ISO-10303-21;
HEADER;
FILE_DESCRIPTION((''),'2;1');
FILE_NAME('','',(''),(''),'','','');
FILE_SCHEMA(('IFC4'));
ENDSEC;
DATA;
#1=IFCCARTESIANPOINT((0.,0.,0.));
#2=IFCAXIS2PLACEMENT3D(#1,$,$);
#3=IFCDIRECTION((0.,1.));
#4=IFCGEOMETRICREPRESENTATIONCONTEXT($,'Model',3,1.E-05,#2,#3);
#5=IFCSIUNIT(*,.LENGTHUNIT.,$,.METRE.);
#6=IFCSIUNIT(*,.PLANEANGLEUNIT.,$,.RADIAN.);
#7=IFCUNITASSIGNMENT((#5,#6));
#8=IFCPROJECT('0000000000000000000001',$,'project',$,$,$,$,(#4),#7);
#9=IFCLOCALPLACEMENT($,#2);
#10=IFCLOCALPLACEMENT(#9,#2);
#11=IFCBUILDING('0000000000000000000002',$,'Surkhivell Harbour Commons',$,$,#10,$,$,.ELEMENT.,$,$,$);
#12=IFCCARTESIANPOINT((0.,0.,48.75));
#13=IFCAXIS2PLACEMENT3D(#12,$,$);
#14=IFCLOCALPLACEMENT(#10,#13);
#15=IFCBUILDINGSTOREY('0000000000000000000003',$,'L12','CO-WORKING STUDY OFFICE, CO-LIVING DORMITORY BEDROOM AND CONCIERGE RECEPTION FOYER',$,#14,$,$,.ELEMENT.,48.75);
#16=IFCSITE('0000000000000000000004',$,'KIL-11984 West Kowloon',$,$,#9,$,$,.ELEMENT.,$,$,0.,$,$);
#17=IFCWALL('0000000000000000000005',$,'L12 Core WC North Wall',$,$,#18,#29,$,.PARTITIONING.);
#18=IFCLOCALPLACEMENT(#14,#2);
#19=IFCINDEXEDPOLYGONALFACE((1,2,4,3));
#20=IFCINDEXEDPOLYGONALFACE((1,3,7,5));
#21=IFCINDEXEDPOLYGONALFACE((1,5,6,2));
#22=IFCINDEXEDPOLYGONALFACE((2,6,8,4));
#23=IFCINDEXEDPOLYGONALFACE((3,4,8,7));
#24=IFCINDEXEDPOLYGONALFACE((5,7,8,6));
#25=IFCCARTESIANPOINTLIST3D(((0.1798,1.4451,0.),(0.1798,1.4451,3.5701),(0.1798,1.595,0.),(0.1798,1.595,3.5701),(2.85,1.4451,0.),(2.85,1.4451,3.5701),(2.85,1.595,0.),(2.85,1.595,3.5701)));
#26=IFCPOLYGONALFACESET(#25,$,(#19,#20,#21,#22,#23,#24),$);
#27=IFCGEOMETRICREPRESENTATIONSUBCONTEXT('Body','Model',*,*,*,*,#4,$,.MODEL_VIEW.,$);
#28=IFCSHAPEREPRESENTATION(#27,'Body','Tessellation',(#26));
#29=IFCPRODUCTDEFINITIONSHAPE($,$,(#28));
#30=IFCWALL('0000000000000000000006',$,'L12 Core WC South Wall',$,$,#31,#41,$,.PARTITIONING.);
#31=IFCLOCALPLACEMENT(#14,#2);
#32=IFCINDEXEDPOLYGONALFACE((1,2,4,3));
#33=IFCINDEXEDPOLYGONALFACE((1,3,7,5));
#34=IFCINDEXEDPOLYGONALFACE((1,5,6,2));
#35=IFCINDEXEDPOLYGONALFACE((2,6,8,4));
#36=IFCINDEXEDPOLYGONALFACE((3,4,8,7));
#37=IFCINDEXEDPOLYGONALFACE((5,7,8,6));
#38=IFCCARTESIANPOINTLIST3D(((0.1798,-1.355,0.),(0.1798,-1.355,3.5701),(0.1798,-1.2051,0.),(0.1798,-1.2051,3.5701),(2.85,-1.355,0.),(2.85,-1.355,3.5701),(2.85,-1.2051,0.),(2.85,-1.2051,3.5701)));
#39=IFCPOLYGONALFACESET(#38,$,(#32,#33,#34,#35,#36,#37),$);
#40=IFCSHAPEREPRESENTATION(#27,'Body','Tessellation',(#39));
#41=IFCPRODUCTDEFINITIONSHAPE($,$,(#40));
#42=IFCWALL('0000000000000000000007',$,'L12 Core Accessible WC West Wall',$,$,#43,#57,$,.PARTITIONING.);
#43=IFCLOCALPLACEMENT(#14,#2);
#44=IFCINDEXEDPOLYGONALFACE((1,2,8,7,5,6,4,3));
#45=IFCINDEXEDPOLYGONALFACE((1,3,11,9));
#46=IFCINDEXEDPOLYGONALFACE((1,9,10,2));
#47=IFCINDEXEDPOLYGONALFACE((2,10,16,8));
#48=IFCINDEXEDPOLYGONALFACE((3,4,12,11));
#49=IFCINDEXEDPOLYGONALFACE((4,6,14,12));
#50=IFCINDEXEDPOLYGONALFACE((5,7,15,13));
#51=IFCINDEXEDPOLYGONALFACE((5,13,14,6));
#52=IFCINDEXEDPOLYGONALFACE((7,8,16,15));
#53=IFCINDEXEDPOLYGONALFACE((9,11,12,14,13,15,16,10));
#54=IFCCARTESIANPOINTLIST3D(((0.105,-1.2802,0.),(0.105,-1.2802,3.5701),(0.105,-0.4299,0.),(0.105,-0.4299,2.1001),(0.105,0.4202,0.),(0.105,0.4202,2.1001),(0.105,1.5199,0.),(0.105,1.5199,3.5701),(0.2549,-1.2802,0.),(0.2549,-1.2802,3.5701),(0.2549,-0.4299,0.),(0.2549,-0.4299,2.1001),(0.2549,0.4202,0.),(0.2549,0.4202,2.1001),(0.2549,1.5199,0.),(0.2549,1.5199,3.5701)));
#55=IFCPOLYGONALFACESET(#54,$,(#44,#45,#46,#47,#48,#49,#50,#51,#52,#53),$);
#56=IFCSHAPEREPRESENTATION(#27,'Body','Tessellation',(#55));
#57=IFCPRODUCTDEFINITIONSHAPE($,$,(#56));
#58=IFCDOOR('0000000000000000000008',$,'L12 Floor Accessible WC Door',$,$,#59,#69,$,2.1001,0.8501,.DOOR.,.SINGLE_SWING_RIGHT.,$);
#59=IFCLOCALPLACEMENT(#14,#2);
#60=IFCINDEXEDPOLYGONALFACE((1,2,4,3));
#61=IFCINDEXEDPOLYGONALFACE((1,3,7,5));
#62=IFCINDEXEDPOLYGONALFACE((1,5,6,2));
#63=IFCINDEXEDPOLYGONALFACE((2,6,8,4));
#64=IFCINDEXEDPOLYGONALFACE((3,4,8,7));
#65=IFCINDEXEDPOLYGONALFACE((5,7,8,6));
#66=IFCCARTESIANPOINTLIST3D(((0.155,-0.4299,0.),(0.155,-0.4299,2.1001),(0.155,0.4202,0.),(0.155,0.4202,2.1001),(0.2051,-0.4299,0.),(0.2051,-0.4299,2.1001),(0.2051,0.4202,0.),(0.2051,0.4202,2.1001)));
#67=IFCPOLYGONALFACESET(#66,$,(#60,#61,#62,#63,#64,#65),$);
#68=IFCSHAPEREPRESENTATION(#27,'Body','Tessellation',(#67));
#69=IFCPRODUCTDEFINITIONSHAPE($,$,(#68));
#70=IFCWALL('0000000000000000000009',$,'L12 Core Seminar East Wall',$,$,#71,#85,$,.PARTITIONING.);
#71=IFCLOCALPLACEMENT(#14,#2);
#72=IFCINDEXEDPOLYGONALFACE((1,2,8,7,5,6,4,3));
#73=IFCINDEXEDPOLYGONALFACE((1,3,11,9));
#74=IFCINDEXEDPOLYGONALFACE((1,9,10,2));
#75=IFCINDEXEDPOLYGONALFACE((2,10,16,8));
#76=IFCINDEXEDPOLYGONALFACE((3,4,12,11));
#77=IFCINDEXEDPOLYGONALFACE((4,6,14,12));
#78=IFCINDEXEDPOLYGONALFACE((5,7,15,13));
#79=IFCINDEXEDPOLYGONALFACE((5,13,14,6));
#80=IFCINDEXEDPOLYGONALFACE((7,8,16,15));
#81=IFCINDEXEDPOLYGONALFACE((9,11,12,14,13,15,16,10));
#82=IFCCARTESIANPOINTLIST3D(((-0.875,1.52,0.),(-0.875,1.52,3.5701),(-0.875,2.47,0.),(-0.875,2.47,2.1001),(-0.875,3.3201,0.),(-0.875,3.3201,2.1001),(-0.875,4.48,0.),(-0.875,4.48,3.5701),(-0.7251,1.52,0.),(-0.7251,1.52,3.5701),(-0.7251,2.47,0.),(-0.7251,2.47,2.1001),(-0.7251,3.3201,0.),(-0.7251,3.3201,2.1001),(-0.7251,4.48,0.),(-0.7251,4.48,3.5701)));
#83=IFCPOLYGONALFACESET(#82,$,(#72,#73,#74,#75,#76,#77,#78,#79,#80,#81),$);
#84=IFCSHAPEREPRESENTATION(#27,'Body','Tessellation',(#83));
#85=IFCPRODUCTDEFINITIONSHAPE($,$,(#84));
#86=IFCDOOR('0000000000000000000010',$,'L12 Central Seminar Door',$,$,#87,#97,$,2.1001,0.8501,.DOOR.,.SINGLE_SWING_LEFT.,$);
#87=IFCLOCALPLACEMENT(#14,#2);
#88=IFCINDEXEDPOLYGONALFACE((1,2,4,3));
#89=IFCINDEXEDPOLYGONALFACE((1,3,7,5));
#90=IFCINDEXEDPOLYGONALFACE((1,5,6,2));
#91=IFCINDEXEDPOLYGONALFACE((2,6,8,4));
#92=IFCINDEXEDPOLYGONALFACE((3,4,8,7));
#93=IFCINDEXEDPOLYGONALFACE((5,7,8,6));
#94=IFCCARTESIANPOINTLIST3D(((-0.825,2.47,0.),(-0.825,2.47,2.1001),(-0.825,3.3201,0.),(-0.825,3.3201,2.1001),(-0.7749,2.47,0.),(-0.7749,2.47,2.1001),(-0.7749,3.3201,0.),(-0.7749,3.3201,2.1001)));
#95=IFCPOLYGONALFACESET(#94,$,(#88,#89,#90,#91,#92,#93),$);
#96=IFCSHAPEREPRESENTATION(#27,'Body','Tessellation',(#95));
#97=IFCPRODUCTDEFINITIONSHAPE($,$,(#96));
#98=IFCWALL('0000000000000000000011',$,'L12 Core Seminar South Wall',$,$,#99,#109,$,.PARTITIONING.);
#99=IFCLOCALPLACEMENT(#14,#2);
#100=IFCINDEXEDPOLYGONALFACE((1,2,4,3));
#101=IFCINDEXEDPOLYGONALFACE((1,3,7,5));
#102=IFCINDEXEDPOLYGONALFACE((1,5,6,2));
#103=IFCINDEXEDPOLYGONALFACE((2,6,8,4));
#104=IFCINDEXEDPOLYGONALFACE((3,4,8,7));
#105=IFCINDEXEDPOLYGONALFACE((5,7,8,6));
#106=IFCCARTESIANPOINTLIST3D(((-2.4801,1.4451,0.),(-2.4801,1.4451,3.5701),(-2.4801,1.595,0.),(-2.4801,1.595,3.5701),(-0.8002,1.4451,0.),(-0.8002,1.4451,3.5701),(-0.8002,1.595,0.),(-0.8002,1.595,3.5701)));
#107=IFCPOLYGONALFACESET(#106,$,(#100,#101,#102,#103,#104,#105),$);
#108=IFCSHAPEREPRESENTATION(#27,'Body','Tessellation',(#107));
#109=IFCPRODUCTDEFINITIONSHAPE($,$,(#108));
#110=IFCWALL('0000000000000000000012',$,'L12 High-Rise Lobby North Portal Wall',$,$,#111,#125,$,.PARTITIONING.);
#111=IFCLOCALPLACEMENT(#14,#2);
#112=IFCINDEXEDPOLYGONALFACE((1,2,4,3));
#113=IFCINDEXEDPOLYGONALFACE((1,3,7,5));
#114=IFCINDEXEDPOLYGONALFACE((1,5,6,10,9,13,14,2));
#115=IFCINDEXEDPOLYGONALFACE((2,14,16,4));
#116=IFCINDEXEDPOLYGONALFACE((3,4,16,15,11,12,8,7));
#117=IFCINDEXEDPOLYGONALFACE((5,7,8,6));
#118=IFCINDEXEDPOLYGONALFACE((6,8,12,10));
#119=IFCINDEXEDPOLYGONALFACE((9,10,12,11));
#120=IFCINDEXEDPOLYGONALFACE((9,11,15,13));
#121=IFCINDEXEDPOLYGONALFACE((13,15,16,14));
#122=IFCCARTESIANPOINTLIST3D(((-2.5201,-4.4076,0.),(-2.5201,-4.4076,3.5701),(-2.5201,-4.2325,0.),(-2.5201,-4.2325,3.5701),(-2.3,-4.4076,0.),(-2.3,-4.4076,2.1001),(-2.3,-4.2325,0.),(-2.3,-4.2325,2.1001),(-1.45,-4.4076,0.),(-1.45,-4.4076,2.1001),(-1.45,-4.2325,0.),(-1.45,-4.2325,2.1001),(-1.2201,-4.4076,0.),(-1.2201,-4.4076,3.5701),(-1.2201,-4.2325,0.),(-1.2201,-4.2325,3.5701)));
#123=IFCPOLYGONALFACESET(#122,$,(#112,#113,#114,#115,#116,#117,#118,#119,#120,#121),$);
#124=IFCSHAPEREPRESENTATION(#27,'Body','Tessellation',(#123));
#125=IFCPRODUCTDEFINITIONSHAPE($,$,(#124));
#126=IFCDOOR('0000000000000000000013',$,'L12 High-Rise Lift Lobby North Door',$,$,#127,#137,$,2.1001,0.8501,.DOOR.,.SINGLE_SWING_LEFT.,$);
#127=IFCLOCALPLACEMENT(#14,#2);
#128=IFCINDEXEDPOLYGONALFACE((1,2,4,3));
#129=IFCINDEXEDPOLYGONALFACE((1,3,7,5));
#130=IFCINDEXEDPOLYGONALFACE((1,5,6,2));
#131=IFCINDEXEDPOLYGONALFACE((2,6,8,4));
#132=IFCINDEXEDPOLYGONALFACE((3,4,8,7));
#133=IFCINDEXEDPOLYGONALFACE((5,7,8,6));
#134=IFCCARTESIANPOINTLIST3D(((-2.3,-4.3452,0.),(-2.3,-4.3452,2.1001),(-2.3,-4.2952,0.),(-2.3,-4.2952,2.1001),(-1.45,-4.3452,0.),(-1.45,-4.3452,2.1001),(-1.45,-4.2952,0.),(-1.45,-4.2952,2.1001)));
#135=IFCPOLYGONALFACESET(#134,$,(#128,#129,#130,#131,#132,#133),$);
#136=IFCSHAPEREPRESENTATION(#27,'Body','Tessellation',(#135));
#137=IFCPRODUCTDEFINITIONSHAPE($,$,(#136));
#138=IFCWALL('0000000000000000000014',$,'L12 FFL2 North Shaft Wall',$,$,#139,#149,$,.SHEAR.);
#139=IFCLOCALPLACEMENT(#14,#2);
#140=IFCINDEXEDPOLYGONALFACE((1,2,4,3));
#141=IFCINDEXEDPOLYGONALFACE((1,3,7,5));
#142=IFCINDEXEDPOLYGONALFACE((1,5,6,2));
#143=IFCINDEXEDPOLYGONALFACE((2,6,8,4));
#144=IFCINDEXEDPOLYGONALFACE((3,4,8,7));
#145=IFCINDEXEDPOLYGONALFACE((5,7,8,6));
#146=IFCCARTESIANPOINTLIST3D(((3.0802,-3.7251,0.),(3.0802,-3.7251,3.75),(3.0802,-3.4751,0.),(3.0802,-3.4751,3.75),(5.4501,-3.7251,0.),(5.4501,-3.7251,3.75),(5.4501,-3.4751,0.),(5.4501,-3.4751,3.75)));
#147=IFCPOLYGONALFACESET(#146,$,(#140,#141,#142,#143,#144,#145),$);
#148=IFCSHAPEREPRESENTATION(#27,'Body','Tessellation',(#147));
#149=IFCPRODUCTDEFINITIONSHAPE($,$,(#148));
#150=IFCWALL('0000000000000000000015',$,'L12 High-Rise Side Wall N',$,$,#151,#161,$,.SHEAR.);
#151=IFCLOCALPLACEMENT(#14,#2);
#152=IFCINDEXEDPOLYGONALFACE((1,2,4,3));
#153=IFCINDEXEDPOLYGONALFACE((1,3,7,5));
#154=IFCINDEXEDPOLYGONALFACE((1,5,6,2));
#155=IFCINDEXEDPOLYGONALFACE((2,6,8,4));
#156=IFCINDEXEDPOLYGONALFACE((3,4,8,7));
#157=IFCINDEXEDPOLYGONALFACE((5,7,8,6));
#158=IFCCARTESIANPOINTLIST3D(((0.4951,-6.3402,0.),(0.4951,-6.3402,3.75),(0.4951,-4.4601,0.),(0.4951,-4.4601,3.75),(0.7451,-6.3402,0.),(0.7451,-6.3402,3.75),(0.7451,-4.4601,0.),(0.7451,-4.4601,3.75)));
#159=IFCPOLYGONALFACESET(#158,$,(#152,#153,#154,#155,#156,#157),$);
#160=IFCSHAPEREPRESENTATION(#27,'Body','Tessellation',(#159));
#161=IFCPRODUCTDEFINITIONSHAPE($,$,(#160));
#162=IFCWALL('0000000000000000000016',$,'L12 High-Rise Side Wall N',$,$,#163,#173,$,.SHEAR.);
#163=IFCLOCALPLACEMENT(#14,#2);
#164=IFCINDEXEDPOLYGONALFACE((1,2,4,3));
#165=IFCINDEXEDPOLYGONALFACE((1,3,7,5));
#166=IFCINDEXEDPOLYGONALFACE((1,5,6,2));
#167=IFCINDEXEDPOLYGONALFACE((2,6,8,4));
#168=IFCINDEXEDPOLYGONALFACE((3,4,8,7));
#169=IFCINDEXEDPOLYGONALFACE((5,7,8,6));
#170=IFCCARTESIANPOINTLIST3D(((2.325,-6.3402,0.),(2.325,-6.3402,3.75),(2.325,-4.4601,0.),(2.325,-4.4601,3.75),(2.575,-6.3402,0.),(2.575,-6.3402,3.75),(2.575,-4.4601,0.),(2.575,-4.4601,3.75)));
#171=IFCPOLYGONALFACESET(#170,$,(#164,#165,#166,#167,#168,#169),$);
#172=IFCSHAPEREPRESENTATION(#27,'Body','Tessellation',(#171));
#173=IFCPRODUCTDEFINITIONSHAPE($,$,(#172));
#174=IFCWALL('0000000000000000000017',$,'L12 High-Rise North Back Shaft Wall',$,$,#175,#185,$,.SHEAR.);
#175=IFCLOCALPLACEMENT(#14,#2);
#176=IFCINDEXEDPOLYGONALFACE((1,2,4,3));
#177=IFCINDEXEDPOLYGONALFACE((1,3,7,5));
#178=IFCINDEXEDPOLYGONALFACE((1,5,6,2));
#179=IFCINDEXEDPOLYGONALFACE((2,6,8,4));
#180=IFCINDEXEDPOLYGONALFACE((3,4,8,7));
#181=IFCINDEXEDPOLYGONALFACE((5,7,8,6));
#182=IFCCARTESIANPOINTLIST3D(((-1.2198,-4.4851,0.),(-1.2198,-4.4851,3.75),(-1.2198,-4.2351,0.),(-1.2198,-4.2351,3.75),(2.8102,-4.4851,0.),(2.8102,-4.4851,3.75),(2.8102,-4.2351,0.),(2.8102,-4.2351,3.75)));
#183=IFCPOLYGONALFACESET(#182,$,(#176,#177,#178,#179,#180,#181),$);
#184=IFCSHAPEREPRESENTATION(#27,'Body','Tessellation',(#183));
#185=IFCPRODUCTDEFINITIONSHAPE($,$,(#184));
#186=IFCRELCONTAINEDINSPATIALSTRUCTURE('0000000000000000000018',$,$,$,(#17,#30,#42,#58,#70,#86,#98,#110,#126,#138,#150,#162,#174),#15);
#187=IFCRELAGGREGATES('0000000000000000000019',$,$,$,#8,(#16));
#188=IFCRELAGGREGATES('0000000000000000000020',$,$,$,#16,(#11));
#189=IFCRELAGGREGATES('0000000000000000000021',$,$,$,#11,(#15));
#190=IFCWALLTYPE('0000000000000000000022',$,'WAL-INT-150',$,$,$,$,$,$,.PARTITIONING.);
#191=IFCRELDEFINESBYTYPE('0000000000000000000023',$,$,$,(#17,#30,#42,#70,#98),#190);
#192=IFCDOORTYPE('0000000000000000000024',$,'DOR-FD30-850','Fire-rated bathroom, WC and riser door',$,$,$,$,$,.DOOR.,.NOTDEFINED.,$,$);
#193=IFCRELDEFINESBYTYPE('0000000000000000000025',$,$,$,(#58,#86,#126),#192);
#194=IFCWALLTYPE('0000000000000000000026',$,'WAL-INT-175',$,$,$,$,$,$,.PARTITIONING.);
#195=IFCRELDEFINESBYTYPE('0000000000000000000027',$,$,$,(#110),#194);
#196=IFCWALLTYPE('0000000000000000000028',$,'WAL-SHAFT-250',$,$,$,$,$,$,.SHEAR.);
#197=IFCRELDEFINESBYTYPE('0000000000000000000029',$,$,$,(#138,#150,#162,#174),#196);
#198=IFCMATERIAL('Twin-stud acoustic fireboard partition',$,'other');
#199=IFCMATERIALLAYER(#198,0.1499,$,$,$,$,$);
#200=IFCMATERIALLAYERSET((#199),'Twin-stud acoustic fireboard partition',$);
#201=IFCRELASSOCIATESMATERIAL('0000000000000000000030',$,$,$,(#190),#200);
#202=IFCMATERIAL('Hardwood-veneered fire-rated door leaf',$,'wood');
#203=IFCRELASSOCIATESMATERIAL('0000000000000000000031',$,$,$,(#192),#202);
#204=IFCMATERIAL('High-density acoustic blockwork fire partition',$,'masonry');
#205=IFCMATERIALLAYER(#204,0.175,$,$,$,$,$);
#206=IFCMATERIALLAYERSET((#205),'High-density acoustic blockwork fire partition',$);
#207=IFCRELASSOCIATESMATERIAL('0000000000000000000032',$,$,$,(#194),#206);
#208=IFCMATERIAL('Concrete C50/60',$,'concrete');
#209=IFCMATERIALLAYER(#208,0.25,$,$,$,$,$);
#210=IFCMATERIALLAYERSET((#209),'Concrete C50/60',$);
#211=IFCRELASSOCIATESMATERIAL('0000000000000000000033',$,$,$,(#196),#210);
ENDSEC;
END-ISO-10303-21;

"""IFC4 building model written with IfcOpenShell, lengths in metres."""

from ifc_helpers import new_model, si_unit, direction, frame, frame_2d, origin, place, context, subcontext, project, spatial, rectangle, extrude, material, layer, layer_set, type_object, element, fill, save


model = new_model("IFC4")

# Units and contexts
model_context = context("Model", 3, precision=1e-05, world=origin(), true_north=direction((0.0, 1.0)))
body_context = subcontext(model_context, "Body", "Model", "MODEL_VIEW")
ifc_project = project(units=[si_unit("LENGTHUNIT", "METRE"), si_unit("PLANEANGLEUNIT", "RADIAN")], contexts=[model_context])

# Site, building, storey
site_placement = place(None, origin())
site = spatial("IfcSite", under=ifc_project, at=site_placement, Name="KIL-11984 West Kowloon", CompositionType="ELEMENT", RefElevation=0.0)
building_placement = place(site_placement, origin())
building = spatial("IfcBuilding", under=site, at=building_placement, Name="Surkhivell Harbour Commons", CompositionType="ELEMENT")
storey_placement = place(building_placement, frame((0.0, 0.0, 48.75)))
storey = spatial("IfcBuildingStorey", under=building, at=storey_placement, Name="L12", Description="CO-WORKING STUDY OFFICE, CO-LIVING DORMITORY BEDROOM AND CONCIERGE RECEPTION FOYER", CompositionType="ELEMENT", Elevation=48.75)

# Walls
ifc_material_1 = material(Name="Twin-stud acoustic fireboard partition", Category="other")
ifc_layer_1 = layer(ifc_material_1, 0.1499)
ifc_layer_set_1 = layer_set([ifc_layer_1], Name="Twin-stud acoustic fireboard partition")
wall_type_1 = type_object("IfcWallType", Name="WAL-INT-150", PredefinedType="PARTITIONING", material=ifc_layer_set_1)
for number, where, z_axis, x_axis, name in (
    (1, (0.1799, 1.52, 0.0), (0.0, 0.0, 1.0), (1.0, 0.0, 0.0), "L12 Core WC North Wall"),
    (2, (0.1799, -1.28, 0.0), (0.0, 0.0, 1.0), (1.0, 0.0, 0.0), "L12 Core WC South Wall"),
):
    element("IfcWall", number, at=place(storey_placement, frame(where, z_axis=z_axis, x_axis=x_axis)), inside=storey, type_object=wall_type_1, Name=name, PredefinedType="PARTITIONING", context=body_context, shape_type="SweptSolid", body=[
        extrude(rectangle(XDim=2.6702, YDim=0.1499, at=frame_2d((1.335, 0.0))), origin(), (0.0, 0.0, 1.0), 3.5701),
    ])

# Walls, openings, doors
wall_1_placement = place(storey_placement, frame((0.1799, -1.28, 0.0), z_axis=(0.0, 0.0, 1.0), x_axis=(0.0, 1.0, 0.0)))
wall_1 = element("IfcWall", 3, at=wall_1_placement, inside=storey, type_object=wall_type_1, Name="L12 Core Accessible WC West Wall", PredefinedType="PARTITIONING", context=body_context, shape_type="SweptSolid", body=[
    extrude(rectangle(XDim=2.8, YDim=0.1499, at=frame_2d((1.3999, 0.0))), origin(), (0.0, 0.0, 1.0), 3.5701),
])
opening_1_placement = place(wall_1_placement, frame((0.8501, 0.0, 0.0)))
opening_1 = element("IfcOpeningElement", 4, at=opening_1_placement, cuts=wall_1, PredefinedType="OPENING", context=body_context, shape_type="SweptSolid", body=[
    extrude(rectangle(XDim=0.8501, YDim=2.1001, at=frame_2d((0.425, 1.05))), frame((0.0, 0.085, 0.0), z_axis=(0.0, -1.0, 0.0), x_axis=(1.0, 0.0, 0.0)), (0.0, 0.0, 1.0), 0.1699),
])
ifc_material_2 = material(Name="Hardwood-veneered fire-rated door leaf", Category="wood")
door_type_1 = type_object("IfcDoorType", Name="DOR-FD30-850", Description="Fire-rated bathroom, WC and riser door", OperationType="NOTDEFINED", PredefinedType="DOOR", material=ifc_material_2)
door_1_placement = place(opening_1_placement, origin())
door_1 = element("IfcDoor", 5, at=door_1_placement, inside=storey, type_object=door_type_1, Name="L12 Floor Accessible WC Door", OperationType="SINGLE_SWING_RIGHT", OverallHeight=2.1001, OverallWidth=0.8501, PredefinedType="DOOR", context=body_context, shape_type="SweptSolid", body=[
    extrude(rectangle(XDim=0.8501, YDim=2.1001, at=frame_2d((0.425, 1.05))), frame((0.0, 0.0249, 0.0), z_axis=(0.0, -1.0, 0.0), x_axis=(1.0, 0.0, 0.0)), (0.0, 0.0, 1.0), 0.05),
])
fill(opening_1, door_1)
wall_2_placement = place(storey_placement, frame((-0.8, 1.52, 0.0), z_axis=(0.0, 0.0, 1.0), x_axis=(0.0, 1.0, 0.0)))
wall_2 = element("IfcWall", 6, at=wall_2_placement, inside=storey, type_object=wall_type_1, Name="L12 Core Seminar East Wall", PredefinedType="PARTITIONING", context=body_context, shape_type="SweptSolid", body=[
    extrude(rectangle(XDim=2.96, YDim=0.1499, at=frame_2d((1.48, 0.0))), origin(), (0.0, 0.0, 1.0), 3.5701),
])
opening_2_placement = place(wall_2_placement, frame((0.95, 0.0, 0.0)))
opening_2 = element("IfcOpeningElement", 7, at=opening_2_placement, cuts=wall_2, PredefinedType="OPENING", context=body_context, shape_type="SweptSolid", body=[
    extrude(rectangle(XDim=0.8501, YDim=2.1001, at=frame_2d((0.425, 1.05))), frame((0.0, 0.085, 0.0), z_axis=(0.0, -1.0, 0.0), x_axis=(1.0, 0.0, 0.0)), (0.0, 0.0, 1.0), 0.1699),
])
door_2_placement = place(opening_2_placement, origin())
door_2 = element("IfcDoor", 8, at=door_2_placement, inside=storey, type_object=door_type_1, Name="L12 Central Seminar Door", OperationType="SINGLE_SWING_LEFT", OverallHeight=2.1001, OverallWidth=0.8501, PredefinedType="DOOR", context=body_context, shape_type="SweptSolid", body=[
    extrude(rectangle(XDim=0.8501, YDim=2.1001, at=frame_2d((0.425, 1.05))), frame((0.0, 0.0249, 0.0), z_axis=(0.0, -1.0, 0.0), x_axis=(1.0, 0.0, 0.0)), (0.0, 0.0, 1.0), 0.05),
])
fill(opening_2, door_2)

# Wall
wall_3_placement = place(storey_placement, frame((-2.48, 1.52, 0.0), z_axis=(0.0, 0.0, 1.0), x_axis=(1.0, 0.0, 0.0)))
element("IfcWall", 9, at=wall_3_placement, inside=storey, type_object=wall_type_1, Name="L12 Core Seminar South Wall", PredefinedType="PARTITIONING", context=body_context, shape_type="SweptSolid", body=[
    extrude(rectangle(XDim=1.6799, YDim=0.1499, at=frame_2d((0.8398, 0.0))), origin(), (0.0, 0.0, 1.0), 3.5701),
])

# Wall, opening, door
ifc_material_3 = material(Name="High-density acoustic blockwork fire partition", Category="masonry")
ifc_layer_2 = layer(ifc_material_3, 0.175)
ifc_layer_set_2 = layer_set([ifc_layer_2], Name="High-density acoustic blockwork fire partition")
wall_type_2 = type_object("IfcWallType", Name="WAL-INT-175", PredefinedType="PARTITIONING", material=ifc_layer_set_2)
wall_4_placement = place(storey_placement, frame((-2.52, -4.3201, 0.0), z_axis=(0.0, 0.0, 1.0), x_axis=(1.0, 0.0, 0.0)))
wall_4 = element("IfcWall", 10, at=wall_4_placement, inside=storey, type_object=wall_type_2, Name="L12 High-Rise Lobby North Portal Wall", PredefinedType="PARTITIONING", context=body_context, shape_type="SweptSolid", body=[
    extrude(rectangle(XDim=1.3, YDim=0.175, at=frame_2d((0.6499, 0.0))), origin(), (0.0, 0.0, 1.0), 3.5701),
])
opening_3_placement = place(wall_4_placement, frame((0.22, 0.0, 0.0)))
opening_3 = element("IfcOpeningElement", 11, at=opening_3_placement, cuts=wall_4, PredefinedType="OPENING", context=body_context, shape_type="SweptSolid", body=[
    extrude(rectangle(XDim=0.8501, YDim=2.1001, at=frame_2d((0.425, 1.05))), frame((0.0, 0.0974, 0.0), z_axis=(0.0, -1.0, 0.0), x_axis=(1.0, 0.0, 0.0)), (0.0, 0.0, 1.0), 0.1951),
])
door_3_placement = place(opening_3_placement, origin())
door_3 = element("IfcDoor", 12, at=door_3_placement, inside=storey, type_object=door_type_1, Name="L12 High-Rise Lift Lobby North Door", OperationType="SINGLE_SWING_LEFT", OverallHeight=2.1001, OverallWidth=0.8501, PredefinedType="DOOR", context=body_context, shape_type="SweptSolid", body=[
    extrude(rectangle(XDim=0.8501, YDim=2.1001, at=frame_2d((0.425, 1.05))), frame((0.0, 0.0249, 0.0), z_axis=(0.0, -1.0, 0.0), x_axis=(1.0, 0.0, 0.0)), (0.0, 0.0, 1.0), 0.05),
])
fill(opening_3, door_3)

# Walls
ifc_material_4 = material(Name="Concrete C50/60", Category="concrete")
ifc_layer_3 = layer(ifc_material_4, 0.25)
ifc_layer_set_3 = layer_set([ifc_layer_3], Name="Concrete C50/60")
wall_type_3 = type_object("IfcWallType", Name="WAL-SHAFT-250", PredefinedType="SHEAR", material=ifc_layer_set_3)
wall_5_placement = place(storey_placement, frame((3.0801, -3.6001, 0.0), z_axis=(0.0, 0.0, 1.0), x_axis=(1.0, 0.0, 0.0)))
element("IfcWall", 13, at=wall_5_placement, inside=storey, type_object=wall_type_3, Name="L12 FFL2 North Shaft Wall", PredefinedType="SHEAR", context=body_context, shape_type="SweptSolid", body=[
    extrude(rectangle(XDim=2.3699, YDim=0.25, at=frame_2d((1.1851, 0.0))), origin(), (0.0, 0.0, 1.0), 3.75),
])
for number, where, z_axis, x_axis, name in (
    (14, (0.6201, -6.3401, 0.0), (0.0, 0.0, 1.0), (0.0, 1.0, 0.0), "L12 High-Rise Side Wall N"),
    (15, (2.45, -6.3401, 0.0), (0.0, 0.0, 1.0), (0.0, 1.0, 0.0), "L12 High-Rise Side Wall N"),
):
    element("IfcWall", number, at=place(storey_placement, frame(where, z_axis=z_axis, x_axis=x_axis)), inside=storey, type_object=wall_type_3, Name=name, PredefinedType="SHEAR", context=body_context, shape_type="SweptSolid", body=[
        extrude(rectangle(XDim=1.8801, YDim=0.25, at=frame_2d((0.9399, 0.0))), origin(), (0.0, 0.0, 1.0), 3.75),
    ])
wall_6_placement = place(storey_placement, frame((-1.22, -4.3601, 0.0), z_axis=(0.0, 0.0, 1.0), x_axis=(1.0, 0.0, 0.0)))
element("IfcWall", 16, at=wall_6_placement, inside=storey, type_object=wall_type_3, Name="L12 High-Rise North Back Shaft Wall", PredefinedType="SHEAR", context=body_context, shape_type="SweptSolid", body=[
    extrude(rectangle(XDim=4.03, YDim=0.25, at=frame_2d((2.0151, 0.0))), origin(), (0.0, 0.0, 1.0), 3.75),
])

save(model, "model.ifc")
